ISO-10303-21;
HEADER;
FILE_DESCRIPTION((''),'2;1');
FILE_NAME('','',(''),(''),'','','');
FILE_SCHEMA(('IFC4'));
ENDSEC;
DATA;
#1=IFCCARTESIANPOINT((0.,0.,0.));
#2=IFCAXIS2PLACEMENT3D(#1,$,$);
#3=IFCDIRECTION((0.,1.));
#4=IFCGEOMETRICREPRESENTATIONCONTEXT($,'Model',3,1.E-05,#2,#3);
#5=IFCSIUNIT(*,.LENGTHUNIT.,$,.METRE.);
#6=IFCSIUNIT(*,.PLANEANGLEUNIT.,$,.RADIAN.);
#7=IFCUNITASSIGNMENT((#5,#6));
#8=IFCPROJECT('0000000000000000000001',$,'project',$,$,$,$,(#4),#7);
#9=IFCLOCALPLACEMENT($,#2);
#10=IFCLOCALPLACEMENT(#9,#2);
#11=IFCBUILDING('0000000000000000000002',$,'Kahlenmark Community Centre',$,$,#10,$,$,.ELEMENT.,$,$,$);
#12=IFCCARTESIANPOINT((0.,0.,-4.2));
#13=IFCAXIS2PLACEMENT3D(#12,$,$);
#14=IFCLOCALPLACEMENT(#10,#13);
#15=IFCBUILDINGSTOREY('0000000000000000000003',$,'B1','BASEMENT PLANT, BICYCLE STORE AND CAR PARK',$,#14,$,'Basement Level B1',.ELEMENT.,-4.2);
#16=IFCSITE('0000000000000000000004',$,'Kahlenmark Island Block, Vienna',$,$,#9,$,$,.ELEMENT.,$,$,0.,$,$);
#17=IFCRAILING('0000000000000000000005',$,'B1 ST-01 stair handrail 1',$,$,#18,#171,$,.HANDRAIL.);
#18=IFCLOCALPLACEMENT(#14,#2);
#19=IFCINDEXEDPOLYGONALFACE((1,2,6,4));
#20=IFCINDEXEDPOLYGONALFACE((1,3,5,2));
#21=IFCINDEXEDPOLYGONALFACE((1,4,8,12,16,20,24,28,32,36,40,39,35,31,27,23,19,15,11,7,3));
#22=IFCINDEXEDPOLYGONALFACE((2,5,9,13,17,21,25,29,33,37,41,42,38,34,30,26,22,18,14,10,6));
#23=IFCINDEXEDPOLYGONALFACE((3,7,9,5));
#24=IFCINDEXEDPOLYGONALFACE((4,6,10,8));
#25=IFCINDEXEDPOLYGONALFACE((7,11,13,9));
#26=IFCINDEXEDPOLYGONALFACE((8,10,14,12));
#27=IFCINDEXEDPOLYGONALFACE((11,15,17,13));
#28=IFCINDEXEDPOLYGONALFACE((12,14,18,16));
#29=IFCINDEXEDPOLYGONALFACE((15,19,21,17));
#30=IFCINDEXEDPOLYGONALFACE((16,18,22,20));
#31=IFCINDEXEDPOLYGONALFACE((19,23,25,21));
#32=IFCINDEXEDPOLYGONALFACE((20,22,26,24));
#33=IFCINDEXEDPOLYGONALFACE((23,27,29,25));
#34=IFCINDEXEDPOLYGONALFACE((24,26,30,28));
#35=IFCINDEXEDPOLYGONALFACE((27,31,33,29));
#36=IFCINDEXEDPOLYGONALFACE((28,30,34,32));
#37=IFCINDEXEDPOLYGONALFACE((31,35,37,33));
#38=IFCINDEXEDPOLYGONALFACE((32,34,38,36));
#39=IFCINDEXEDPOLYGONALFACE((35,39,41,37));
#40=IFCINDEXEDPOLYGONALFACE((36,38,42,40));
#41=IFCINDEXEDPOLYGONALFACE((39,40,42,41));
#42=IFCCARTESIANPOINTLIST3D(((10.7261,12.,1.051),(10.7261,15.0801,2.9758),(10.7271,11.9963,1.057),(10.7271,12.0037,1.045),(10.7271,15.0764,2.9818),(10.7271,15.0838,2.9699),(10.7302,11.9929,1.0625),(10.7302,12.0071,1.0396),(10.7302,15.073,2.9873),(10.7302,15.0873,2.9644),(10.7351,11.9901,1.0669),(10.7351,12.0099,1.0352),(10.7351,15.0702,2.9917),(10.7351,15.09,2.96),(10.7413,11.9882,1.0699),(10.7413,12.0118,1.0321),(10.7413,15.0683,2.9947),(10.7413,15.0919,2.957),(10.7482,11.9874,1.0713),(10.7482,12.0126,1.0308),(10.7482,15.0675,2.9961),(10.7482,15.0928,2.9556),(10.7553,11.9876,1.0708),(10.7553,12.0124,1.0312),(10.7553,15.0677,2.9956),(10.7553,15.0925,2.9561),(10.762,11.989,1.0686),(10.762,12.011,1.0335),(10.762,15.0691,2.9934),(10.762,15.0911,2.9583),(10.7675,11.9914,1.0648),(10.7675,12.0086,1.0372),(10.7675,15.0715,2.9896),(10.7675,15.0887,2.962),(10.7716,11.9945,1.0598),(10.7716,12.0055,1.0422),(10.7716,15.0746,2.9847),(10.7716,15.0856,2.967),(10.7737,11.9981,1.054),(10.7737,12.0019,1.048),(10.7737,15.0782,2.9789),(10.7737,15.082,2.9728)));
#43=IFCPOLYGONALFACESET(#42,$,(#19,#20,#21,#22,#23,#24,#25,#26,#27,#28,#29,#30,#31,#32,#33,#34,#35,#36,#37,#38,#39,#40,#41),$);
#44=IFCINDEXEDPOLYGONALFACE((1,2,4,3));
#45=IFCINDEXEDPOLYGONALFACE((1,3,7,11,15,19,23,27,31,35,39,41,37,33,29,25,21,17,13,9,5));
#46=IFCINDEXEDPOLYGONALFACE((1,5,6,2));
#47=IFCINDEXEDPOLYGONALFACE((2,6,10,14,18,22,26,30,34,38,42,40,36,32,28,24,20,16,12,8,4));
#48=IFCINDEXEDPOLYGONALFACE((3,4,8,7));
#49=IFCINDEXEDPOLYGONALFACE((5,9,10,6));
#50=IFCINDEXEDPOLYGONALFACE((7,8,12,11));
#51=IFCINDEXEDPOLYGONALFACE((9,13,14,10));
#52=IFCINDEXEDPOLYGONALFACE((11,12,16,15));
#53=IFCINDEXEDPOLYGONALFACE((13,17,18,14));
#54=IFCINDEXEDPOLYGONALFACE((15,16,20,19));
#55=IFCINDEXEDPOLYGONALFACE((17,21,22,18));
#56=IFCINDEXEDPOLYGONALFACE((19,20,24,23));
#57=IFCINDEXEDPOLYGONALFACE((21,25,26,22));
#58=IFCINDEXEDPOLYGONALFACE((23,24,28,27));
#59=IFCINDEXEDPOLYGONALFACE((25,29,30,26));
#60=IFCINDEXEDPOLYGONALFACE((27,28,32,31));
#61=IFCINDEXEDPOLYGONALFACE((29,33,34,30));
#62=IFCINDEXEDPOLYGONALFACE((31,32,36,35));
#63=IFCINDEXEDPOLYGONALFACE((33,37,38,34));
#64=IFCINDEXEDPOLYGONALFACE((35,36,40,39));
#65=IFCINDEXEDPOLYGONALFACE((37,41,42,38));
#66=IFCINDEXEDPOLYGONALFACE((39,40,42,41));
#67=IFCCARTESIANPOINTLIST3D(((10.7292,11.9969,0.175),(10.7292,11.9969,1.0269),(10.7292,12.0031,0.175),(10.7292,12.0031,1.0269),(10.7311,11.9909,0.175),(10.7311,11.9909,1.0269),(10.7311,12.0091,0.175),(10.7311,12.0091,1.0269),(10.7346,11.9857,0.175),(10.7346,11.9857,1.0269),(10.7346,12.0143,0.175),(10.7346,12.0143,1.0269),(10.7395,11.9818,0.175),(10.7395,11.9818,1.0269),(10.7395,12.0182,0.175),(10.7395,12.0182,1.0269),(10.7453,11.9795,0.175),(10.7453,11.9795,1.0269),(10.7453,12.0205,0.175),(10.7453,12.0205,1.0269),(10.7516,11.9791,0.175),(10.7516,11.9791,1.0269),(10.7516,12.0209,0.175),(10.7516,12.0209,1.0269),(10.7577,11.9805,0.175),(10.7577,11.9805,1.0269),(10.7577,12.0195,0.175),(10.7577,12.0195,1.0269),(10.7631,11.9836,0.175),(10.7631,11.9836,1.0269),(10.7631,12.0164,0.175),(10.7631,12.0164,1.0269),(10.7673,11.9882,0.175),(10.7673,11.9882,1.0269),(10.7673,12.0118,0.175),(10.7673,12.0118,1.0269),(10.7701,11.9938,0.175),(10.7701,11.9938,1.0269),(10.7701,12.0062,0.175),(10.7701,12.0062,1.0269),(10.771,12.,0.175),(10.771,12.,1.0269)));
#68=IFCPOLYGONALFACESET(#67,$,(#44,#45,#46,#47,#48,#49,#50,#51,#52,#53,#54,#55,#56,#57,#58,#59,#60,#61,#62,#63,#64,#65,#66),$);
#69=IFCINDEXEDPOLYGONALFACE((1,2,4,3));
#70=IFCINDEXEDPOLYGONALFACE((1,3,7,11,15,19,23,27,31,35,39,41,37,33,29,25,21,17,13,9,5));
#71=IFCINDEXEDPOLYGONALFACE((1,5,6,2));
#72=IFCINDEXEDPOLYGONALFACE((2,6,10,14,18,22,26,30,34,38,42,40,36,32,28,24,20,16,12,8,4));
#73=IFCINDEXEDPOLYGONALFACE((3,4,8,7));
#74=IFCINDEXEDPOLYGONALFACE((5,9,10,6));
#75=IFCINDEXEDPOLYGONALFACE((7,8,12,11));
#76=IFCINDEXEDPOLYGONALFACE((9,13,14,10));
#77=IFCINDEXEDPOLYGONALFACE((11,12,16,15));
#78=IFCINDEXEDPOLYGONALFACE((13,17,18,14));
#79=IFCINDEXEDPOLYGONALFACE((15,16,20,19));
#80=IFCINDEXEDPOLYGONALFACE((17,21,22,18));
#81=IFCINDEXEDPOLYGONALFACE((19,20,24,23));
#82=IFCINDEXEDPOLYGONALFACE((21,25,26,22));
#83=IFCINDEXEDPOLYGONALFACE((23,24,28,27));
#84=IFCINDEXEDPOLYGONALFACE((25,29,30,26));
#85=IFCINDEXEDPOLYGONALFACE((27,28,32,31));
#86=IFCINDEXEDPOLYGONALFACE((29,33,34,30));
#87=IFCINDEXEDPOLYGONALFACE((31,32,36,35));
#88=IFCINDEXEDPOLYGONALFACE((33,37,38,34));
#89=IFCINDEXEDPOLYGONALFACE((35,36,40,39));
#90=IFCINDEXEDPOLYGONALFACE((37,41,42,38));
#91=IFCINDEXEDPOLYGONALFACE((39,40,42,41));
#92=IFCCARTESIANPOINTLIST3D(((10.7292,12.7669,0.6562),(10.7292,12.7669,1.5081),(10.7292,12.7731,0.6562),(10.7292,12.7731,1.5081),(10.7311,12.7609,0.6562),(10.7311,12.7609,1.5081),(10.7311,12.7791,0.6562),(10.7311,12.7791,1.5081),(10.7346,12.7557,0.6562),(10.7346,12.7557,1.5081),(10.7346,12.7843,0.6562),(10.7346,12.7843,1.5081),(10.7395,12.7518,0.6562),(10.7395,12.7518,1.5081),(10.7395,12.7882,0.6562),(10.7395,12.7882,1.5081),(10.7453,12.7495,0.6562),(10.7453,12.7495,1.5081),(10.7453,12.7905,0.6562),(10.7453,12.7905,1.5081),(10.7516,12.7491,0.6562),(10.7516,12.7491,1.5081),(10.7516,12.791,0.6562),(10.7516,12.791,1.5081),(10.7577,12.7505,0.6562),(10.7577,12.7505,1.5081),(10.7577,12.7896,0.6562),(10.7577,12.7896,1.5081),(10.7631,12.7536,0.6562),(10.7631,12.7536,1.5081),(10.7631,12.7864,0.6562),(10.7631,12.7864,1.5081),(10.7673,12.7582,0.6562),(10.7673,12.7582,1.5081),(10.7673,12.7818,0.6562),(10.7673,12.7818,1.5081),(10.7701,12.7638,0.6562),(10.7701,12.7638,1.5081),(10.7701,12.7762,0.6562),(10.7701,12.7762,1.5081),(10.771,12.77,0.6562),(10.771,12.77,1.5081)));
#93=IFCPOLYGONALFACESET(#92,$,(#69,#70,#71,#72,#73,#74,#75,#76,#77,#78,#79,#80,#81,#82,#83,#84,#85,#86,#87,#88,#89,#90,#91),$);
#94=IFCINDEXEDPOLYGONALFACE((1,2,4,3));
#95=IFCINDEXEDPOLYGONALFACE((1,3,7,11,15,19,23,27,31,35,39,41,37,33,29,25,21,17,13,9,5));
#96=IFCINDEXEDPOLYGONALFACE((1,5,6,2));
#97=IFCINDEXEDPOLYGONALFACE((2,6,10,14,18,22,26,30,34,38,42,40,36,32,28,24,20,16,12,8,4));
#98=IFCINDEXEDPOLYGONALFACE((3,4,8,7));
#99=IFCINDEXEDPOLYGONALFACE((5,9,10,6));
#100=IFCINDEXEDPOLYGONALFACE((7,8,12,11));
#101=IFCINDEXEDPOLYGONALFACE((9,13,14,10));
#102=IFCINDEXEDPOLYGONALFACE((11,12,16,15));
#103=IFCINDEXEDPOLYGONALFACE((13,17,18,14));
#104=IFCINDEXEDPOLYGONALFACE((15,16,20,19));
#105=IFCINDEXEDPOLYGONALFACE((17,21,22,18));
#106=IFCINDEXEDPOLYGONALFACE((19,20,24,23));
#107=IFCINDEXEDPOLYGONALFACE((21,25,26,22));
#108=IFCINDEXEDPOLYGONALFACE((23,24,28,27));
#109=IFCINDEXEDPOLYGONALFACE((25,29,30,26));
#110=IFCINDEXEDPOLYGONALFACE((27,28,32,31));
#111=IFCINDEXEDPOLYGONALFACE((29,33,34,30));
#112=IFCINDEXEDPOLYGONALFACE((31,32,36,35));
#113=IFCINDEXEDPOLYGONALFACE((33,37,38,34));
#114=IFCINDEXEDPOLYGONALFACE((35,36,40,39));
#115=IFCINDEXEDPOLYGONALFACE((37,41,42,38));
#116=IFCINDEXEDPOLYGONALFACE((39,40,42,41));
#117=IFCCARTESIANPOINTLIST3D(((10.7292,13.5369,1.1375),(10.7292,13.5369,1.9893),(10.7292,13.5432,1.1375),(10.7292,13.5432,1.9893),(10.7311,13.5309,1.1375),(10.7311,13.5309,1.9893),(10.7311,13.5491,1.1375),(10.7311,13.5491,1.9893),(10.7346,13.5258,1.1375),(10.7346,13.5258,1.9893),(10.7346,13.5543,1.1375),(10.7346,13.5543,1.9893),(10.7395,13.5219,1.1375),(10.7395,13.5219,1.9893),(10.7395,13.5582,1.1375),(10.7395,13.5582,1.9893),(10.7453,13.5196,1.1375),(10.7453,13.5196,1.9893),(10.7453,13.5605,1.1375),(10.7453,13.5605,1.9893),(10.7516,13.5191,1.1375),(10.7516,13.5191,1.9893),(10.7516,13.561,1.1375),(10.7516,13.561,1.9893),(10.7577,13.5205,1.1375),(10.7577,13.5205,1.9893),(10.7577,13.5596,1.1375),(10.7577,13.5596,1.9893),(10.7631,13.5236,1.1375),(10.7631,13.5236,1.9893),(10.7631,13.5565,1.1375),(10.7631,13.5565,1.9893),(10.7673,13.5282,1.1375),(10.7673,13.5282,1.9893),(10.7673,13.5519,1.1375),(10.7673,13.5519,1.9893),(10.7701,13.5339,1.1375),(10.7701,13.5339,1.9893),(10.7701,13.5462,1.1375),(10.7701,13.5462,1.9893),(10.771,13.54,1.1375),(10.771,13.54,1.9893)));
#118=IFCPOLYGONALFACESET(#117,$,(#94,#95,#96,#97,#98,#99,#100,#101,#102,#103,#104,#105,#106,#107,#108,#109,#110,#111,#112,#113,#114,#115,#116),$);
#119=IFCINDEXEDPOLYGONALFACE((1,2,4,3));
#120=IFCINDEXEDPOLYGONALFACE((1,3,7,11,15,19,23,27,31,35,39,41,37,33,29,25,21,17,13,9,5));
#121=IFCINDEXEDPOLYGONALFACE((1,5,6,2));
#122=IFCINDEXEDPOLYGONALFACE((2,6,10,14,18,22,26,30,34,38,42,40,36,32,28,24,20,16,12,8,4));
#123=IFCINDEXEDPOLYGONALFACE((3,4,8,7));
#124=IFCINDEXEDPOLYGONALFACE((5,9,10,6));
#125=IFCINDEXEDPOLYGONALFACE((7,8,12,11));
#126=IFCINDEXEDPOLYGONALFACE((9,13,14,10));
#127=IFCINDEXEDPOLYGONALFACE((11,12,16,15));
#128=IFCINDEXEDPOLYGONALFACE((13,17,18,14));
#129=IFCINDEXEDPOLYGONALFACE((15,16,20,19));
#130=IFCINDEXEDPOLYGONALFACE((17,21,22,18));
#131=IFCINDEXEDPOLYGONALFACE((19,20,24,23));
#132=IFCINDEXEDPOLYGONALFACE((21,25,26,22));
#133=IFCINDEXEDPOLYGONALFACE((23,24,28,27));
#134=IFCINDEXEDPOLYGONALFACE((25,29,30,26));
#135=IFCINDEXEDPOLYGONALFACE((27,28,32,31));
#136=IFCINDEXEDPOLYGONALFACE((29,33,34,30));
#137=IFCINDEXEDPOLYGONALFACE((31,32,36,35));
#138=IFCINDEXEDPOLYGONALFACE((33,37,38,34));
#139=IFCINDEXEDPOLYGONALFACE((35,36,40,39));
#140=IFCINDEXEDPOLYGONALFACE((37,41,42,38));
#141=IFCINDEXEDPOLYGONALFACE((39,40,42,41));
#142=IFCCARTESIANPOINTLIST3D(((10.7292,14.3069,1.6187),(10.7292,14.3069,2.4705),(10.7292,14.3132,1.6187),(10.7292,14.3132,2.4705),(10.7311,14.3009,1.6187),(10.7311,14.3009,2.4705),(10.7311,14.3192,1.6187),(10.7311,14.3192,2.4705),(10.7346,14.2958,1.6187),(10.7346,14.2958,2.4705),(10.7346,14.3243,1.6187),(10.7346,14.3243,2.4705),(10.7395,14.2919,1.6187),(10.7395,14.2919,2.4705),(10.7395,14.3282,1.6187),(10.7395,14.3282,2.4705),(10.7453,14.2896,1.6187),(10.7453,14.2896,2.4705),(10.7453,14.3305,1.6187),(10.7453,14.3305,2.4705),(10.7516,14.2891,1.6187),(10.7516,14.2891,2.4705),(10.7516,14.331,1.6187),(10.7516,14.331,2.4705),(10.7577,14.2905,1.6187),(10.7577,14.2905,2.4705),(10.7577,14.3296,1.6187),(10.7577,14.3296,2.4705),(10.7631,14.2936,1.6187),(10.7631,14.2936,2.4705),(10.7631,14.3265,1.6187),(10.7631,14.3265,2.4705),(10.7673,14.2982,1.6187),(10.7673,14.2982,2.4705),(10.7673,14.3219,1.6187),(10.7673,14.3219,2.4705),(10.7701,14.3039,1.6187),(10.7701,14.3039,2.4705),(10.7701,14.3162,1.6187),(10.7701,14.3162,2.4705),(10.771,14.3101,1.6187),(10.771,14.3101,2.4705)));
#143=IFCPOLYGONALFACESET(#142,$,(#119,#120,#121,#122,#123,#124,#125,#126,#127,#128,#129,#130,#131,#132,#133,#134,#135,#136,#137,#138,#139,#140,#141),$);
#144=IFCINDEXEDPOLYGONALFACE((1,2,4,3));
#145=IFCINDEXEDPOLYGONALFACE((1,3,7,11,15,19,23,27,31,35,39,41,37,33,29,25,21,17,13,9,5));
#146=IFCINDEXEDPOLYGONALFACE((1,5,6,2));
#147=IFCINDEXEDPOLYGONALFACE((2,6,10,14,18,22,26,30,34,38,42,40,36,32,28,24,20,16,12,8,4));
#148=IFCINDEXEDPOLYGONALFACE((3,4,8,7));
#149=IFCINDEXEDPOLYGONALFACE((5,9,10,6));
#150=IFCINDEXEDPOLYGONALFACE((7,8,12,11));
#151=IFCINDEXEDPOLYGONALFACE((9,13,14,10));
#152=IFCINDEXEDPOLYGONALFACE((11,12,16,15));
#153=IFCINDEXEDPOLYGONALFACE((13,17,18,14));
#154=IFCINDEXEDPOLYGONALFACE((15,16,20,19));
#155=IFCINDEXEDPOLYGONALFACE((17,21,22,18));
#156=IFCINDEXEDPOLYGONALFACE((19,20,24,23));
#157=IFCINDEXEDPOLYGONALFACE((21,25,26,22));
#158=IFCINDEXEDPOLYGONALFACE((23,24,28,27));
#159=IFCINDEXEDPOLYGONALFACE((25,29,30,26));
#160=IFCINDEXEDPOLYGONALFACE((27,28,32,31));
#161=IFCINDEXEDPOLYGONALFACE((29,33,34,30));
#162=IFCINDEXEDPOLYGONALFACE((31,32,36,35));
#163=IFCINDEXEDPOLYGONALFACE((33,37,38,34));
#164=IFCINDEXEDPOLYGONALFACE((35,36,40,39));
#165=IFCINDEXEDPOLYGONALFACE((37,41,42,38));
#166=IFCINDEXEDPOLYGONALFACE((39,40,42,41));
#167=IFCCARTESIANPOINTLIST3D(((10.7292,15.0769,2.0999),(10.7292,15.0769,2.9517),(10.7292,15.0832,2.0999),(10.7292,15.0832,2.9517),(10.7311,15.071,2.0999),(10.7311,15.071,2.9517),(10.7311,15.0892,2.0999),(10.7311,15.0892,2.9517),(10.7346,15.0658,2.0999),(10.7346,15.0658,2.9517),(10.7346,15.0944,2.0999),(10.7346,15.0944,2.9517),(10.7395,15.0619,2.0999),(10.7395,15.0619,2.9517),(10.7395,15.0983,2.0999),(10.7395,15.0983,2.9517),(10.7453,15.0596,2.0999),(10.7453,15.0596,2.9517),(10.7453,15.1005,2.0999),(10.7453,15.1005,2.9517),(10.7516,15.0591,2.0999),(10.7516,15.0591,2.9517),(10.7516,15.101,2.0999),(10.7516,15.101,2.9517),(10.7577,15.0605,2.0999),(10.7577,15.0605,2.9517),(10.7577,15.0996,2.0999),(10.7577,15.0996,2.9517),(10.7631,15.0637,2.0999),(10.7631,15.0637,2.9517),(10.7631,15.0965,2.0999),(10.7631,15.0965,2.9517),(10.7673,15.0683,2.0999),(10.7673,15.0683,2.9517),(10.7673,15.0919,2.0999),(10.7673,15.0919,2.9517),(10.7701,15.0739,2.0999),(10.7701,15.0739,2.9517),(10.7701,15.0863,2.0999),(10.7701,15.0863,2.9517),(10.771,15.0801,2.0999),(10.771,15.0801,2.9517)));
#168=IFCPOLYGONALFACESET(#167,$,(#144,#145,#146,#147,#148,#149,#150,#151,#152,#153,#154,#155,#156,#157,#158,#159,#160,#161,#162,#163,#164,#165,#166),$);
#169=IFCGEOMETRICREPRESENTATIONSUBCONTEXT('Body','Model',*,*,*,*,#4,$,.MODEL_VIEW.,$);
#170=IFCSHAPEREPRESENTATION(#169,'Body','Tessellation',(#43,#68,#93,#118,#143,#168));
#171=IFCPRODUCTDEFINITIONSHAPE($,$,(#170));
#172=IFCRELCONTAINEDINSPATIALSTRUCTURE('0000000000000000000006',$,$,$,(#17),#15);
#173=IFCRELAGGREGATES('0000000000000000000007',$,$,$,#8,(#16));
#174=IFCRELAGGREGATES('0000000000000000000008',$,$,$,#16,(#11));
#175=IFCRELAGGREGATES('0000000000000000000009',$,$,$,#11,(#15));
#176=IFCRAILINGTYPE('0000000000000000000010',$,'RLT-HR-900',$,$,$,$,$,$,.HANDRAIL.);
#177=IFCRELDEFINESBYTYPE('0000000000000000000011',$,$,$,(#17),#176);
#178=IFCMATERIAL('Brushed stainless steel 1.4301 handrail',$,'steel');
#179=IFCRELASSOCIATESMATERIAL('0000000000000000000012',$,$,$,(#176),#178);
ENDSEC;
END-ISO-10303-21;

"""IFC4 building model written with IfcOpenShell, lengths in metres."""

from ifc_helpers import new_model, si_unit, direction, frame, origin, origin_2d, place, context, subcontext, project, spatial, circle, extrude, material, type_object, element, save


model = new_model("IFC4")

# Units and contexts
model_context = context("Model", 3, precision=1e-05, world=origin(), true_north=direction((0.0, 1.0)))
body_context = subcontext(model_context, "Body", "Model", "MODEL_VIEW")
ifc_project = project(units=[si_unit("LENGTHUNIT", "METRE"), si_unit("PLANEANGLEUNIT", "RADIAN")], contexts=[model_context])

# Site, building, storey
site_placement = place(None, origin())
site = spatial("IfcSite", under=ifc_project, at=site_placement, Name="Kahlenmark Island Block, Vienna", CompositionType="ELEMENT", RefElevation=0.0)
building_placement = place(site_placement, origin())
building = spatial("IfcBuilding", under=site, at=building_placement, Name="Kahlenmark Community Centre", CompositionType="ELEMENT")
storey_placement = place(building_placement, frame((0.0, 0.0, -4.2)))
storey = spatial("IfcBuildingStorey", under=building, at=storey_placement, Name="B1", Description="BASEMENT PLANT, BICYCLE STORE AND CAR PARK", LongName="Basement Level B1", CompositionType="ELEMENT", Elevation=-4.2)

# Railing
ifc_material_1 = material(Name="Brushed stainless steel 1.4301 handrail", Category="steel")
railing_type_1 = type_object("IfcRailingType", Name="RLT-HR-900", PredefinedType="HANDRAIL", material=ifc_material_1)
railing_1_placement = place(storey_placement, frame((10.75, 12.0, 0.175)))
element("IfcRailing", 1, at=railing_1_placement, inside=storey, type_object=railing_type_1, Name="B1 ST-01 stair handrail 1", PredefinedType="HANDRAIL", context=body_context, shape_type="SweptSolid", body=[
    extrude(circle(Radius=0.0239, at=origin_2d()), frame((0.0, 0.0, 0.876), z_axis=(0.0, 0.848029, 0.529951), x_axis=(-1.0, 0.0, 0.0)), (0.0, 0.0, 1.0), 3.6321),
    extrude(circle(Radius=0.021, at=origin_2d()), origin(), (0.0, 0.0, 1.0), 0.8518),
    extrude(circle(Radius=0.021, at=origin_2d()), frame((0.0, 0.77, 0.4812)), (0.0, 0.0, 1.0), 0.8518),
    extrude(circle(Radius=0.021, at=origin_2d()), frame((0.0, 1.54, 0.9624)), (0.0, 0.0, 1.0), 0.8518),
    extrude(circle(Radius=0.021, at=origin_2d()), frame((0.0, 2.3101, 1.4436)), (0.0, 0.0, 1.0), 0.8518),
    extrude(circle(Radius=0.021, at=origin_2d()), frame((0.0, 3.0801, 1.9248)), (0.0, 0.0, 1.0), 0.8518),
])

save(model, "model.ifc")
